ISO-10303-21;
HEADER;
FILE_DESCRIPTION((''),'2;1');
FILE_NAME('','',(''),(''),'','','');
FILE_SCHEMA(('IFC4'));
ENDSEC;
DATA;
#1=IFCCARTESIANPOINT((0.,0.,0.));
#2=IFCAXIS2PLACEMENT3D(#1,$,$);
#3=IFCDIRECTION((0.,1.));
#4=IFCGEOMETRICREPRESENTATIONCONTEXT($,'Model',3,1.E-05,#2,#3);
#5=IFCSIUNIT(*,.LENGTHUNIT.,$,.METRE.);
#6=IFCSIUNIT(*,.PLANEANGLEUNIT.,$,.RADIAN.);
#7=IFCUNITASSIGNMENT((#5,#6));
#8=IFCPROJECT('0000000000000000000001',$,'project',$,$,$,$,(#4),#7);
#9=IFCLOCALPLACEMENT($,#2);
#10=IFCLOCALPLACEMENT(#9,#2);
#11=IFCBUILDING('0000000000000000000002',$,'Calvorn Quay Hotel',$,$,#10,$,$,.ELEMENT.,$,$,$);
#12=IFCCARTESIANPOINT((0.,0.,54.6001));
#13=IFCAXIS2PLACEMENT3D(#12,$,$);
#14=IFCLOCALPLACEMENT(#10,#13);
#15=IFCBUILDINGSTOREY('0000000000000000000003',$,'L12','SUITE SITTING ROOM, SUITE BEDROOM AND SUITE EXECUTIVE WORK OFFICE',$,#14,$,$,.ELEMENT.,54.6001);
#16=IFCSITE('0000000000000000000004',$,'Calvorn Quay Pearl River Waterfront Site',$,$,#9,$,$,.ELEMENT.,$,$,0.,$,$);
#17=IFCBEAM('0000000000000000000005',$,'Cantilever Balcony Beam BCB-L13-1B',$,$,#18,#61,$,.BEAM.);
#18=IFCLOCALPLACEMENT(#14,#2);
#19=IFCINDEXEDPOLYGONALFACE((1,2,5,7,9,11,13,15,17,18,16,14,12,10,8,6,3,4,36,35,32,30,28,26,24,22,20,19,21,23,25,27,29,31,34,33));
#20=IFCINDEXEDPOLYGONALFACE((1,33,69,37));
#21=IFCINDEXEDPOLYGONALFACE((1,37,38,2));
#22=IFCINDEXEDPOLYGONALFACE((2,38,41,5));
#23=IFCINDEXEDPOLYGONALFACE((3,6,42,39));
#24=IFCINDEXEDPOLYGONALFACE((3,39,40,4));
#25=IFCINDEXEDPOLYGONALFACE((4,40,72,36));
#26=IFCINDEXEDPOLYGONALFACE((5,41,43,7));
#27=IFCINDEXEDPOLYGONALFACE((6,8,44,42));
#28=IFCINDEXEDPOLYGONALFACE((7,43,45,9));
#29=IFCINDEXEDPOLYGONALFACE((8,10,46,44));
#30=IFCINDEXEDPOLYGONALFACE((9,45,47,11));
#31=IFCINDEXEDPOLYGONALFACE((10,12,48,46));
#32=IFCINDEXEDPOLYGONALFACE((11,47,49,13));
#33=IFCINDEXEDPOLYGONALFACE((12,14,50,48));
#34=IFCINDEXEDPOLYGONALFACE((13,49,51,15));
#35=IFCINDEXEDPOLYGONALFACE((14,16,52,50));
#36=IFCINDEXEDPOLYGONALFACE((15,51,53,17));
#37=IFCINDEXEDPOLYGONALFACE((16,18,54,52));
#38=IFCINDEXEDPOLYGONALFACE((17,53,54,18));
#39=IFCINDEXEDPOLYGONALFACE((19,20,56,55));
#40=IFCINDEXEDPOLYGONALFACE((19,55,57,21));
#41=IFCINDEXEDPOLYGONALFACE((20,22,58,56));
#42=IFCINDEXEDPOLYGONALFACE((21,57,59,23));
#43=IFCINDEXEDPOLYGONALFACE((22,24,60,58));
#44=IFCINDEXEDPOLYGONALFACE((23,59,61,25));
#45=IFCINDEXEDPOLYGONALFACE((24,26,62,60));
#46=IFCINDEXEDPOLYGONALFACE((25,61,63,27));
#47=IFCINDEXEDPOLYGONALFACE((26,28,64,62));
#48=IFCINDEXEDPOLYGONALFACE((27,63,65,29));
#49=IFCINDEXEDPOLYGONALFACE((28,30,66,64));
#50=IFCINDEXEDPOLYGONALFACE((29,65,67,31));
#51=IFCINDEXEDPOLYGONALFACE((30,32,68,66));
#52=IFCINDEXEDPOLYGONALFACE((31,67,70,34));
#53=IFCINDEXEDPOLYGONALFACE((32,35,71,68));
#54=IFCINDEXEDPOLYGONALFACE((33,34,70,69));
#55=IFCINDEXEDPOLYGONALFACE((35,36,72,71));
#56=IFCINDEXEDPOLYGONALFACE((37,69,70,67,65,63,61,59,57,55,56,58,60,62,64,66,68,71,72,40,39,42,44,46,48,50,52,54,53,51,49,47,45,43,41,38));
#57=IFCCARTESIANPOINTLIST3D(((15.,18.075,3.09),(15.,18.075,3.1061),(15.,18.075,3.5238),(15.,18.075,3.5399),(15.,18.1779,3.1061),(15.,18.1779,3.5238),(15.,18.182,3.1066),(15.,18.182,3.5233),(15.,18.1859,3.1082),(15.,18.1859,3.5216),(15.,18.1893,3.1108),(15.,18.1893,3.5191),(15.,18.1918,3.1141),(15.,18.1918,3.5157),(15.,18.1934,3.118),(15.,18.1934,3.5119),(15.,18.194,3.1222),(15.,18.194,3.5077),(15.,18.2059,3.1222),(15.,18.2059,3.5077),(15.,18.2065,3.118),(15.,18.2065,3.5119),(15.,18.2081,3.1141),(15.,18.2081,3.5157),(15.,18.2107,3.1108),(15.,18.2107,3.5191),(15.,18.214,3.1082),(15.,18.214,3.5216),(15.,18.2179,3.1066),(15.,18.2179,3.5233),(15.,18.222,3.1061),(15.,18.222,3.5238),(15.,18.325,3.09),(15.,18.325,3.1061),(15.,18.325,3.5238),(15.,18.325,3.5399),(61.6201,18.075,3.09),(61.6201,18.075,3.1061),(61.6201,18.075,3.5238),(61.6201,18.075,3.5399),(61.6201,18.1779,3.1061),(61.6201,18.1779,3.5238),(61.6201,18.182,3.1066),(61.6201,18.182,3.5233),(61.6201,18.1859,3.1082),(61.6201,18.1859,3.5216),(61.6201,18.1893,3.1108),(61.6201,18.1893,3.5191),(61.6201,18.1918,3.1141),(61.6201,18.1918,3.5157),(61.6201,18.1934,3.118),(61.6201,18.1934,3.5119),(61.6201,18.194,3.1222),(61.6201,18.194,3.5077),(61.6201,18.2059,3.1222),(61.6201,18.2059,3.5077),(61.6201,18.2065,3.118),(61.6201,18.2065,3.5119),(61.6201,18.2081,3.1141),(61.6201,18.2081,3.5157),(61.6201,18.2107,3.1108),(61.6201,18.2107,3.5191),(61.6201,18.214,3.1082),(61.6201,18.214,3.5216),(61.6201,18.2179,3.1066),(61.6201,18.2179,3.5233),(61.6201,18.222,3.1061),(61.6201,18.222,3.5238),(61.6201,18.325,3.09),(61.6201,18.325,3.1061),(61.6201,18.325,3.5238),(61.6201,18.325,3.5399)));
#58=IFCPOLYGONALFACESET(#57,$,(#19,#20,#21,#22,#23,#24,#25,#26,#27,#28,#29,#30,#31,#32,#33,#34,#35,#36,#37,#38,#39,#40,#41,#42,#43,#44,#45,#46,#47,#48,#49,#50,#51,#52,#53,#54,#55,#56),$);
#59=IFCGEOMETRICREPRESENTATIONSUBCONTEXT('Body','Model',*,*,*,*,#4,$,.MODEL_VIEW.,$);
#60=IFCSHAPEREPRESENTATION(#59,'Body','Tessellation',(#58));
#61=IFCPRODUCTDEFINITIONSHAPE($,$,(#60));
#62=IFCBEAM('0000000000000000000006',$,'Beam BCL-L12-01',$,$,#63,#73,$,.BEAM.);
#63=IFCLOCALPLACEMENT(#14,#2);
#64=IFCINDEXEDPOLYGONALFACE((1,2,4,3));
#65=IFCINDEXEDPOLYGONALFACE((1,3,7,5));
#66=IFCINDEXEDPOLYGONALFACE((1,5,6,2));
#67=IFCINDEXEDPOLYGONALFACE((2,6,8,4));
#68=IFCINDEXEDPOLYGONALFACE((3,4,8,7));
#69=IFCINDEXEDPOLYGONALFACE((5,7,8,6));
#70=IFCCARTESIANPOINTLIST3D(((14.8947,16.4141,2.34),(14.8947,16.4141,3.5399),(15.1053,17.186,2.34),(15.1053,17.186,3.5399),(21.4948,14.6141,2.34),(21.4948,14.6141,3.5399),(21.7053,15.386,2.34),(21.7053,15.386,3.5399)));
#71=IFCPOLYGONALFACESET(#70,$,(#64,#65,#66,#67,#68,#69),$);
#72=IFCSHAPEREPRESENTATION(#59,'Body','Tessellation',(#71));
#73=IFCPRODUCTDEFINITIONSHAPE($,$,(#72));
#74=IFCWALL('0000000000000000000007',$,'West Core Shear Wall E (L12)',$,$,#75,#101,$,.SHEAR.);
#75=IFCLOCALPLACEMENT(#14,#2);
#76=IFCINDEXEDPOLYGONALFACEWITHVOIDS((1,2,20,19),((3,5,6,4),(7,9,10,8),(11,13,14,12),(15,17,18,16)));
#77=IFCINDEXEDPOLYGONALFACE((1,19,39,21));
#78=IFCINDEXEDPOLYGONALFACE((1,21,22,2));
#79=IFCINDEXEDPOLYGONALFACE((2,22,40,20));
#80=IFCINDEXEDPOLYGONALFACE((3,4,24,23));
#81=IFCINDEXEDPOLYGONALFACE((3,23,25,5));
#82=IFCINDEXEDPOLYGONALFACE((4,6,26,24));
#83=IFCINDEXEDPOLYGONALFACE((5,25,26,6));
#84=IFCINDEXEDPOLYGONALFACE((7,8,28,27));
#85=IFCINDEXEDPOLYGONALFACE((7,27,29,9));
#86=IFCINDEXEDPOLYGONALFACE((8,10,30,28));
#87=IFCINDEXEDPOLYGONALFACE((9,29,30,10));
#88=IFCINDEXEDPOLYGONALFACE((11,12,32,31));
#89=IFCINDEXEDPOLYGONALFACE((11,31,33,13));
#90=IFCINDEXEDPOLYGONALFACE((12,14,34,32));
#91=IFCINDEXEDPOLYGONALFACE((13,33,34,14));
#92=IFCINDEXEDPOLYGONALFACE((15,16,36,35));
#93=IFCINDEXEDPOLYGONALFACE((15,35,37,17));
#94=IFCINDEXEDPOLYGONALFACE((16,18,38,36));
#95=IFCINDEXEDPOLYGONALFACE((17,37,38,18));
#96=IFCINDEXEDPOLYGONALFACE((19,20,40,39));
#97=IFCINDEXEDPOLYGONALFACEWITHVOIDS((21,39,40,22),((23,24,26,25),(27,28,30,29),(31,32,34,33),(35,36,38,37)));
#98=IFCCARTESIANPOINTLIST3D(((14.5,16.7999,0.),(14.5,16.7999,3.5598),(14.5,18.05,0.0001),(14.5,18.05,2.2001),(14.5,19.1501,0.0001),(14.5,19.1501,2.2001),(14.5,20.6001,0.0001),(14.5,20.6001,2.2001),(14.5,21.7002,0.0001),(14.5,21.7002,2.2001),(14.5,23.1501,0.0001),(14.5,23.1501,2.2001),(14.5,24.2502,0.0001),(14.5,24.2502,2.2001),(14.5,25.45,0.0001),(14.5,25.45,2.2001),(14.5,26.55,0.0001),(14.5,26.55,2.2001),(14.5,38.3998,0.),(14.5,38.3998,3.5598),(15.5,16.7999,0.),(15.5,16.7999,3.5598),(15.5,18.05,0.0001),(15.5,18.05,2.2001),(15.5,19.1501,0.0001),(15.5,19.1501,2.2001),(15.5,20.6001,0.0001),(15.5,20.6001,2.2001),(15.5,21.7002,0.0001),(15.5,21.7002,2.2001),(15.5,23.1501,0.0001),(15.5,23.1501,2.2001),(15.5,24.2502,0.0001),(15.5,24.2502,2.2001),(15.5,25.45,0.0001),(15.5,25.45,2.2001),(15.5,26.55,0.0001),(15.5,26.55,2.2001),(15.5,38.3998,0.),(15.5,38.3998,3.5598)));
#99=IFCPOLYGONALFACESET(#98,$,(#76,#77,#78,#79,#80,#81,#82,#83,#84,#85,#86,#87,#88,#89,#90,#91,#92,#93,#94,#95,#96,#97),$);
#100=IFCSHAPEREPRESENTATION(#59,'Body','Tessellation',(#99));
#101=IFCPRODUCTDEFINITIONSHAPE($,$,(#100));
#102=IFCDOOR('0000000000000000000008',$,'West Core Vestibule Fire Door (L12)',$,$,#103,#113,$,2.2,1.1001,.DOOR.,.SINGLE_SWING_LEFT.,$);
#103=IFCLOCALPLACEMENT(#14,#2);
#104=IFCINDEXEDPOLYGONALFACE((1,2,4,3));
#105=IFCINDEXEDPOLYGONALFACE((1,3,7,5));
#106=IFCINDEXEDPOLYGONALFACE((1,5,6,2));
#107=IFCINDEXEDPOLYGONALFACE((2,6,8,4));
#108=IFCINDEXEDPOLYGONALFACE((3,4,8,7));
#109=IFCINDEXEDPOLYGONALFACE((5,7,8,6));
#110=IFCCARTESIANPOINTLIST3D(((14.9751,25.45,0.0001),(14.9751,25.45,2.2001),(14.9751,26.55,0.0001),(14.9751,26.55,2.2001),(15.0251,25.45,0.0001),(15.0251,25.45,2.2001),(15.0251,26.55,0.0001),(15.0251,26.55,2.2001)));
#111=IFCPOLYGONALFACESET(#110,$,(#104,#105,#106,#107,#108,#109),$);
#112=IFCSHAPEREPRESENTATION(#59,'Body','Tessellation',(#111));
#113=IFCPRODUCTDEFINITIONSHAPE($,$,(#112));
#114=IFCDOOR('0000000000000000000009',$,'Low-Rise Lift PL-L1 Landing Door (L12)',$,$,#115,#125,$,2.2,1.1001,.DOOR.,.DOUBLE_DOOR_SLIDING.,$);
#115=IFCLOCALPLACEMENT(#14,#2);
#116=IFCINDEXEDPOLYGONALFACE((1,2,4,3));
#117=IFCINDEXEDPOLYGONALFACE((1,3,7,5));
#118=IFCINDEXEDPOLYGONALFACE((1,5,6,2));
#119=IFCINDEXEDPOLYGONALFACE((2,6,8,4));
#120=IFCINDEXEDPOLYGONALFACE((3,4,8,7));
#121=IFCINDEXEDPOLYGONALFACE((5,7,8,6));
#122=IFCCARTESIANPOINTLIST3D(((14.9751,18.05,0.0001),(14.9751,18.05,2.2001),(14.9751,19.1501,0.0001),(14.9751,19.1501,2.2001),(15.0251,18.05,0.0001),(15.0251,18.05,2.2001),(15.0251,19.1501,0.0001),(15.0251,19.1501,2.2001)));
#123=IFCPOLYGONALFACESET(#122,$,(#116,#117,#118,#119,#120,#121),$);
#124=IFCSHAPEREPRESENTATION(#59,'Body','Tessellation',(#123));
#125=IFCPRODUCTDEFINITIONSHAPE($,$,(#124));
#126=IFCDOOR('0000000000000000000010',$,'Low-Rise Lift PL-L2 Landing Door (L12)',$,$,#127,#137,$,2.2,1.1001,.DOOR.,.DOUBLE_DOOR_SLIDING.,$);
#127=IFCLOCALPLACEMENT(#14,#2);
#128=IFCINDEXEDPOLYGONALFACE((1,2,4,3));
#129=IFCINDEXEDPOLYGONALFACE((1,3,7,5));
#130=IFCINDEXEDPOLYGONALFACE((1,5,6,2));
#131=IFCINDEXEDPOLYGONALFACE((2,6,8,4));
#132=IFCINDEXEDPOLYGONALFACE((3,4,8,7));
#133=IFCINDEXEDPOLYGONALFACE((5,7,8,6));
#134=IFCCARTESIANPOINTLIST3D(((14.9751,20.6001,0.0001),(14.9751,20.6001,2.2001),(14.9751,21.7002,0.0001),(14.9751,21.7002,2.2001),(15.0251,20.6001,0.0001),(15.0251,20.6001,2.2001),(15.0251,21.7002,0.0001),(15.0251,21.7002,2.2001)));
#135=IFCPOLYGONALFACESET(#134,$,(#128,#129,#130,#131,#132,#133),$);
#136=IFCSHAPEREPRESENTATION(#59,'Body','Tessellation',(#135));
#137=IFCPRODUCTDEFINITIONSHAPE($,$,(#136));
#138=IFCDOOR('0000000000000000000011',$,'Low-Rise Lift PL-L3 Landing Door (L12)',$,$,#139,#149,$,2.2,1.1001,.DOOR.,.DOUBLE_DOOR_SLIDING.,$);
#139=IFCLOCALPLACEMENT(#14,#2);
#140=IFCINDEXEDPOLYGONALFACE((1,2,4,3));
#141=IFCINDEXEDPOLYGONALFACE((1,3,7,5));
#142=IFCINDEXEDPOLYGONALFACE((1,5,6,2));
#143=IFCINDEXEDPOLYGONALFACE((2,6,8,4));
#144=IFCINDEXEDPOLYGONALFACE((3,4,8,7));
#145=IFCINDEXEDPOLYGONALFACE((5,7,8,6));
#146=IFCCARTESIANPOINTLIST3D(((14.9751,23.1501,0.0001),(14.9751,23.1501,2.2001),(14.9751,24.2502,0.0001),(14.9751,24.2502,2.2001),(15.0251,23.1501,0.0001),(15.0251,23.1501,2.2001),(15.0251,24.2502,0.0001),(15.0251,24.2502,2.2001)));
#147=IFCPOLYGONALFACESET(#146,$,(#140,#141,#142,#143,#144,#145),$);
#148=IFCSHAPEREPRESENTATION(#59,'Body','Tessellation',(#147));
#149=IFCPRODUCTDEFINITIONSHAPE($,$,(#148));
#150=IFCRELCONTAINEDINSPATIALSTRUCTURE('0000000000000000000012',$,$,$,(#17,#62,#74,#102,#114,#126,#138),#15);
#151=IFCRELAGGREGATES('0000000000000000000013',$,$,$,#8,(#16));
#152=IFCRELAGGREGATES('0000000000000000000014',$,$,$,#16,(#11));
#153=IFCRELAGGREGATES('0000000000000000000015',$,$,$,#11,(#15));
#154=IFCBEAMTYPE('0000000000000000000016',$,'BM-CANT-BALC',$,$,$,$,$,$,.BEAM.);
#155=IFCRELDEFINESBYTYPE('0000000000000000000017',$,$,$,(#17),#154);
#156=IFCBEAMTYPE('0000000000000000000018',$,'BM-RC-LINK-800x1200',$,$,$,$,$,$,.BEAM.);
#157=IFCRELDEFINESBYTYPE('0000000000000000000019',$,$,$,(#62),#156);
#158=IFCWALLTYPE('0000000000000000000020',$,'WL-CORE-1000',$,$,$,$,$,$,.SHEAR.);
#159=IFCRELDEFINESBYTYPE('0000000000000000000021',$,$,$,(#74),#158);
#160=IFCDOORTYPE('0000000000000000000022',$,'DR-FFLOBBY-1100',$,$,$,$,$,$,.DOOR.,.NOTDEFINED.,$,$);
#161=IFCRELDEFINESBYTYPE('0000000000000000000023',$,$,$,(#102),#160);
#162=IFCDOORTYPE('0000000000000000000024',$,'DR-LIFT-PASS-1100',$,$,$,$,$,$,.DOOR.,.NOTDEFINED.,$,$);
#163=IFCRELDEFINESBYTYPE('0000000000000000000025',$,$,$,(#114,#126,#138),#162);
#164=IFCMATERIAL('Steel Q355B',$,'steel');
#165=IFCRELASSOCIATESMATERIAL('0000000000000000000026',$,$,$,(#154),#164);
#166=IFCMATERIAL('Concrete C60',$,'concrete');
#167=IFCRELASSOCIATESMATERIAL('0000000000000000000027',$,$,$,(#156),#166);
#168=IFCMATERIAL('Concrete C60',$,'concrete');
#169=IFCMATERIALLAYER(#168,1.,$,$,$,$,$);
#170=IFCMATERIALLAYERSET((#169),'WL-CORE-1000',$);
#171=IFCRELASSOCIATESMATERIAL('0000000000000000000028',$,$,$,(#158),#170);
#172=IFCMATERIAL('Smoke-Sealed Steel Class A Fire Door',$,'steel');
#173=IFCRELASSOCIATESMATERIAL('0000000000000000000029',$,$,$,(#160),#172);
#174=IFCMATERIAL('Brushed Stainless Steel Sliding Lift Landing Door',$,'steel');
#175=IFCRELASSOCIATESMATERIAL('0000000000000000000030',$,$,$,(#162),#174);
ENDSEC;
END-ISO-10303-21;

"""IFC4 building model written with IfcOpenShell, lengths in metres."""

from ifc_helpers import new_model, si_unit, direction, frame, frame_2d, origin, origin_2d, place, context, subcontext, project, spatial, rectangle, i_section, extrude, material, layer, layer_set, material_profile, profile_set, type_object, element, fill, save


model = new_model("IFC4")

# Units and contexts
model_context = context("Model", 3, precision=1e-05, world=origin(), true_north=direction((0.0, 1.0)))
body_context = subcontext(model_context, "Body", "Model", "MODEL_VIEW")
ifc_project = project(units=[si_unit("LENGTHUNIT", "METRE"), si_unit("PLANEANGLEUNIT", "RADIAN")], contexts=[model_context])

# Site, building, storey
site_placement = place(None, origin())
site = spatial("IfcSite", under=ifc_project, at=site_placement, Name="Calvorn Quay Pearl River Waterfront Site", CompositionType="ELEMENT", RefElevation=0.0)
building_placement = place(site_placement, origin())
building = spatial("IfcBuilding", under=site, at=building_placement, Name="Calvorn Quay Hotel", CompositionType="ELEMENT")
storey_placement = place(building_placement, frame((0.0, 0.0, 54.6001)))
storey = spatial("IfcBuildingStorey", under=building, at=storey_placement, Name="L12", Description="SUITE SITTING ROOM, SUITE BEDROOM AND SUITE EXECUTIVE WORK OFFICE", CompositionType="ELEMENT", Elevation=54.6001)

# Beams
ifc_material_1 = material(Name="Steel Q355B", Category="steel")
ifc_material_profile_1 = material_profile(ifc_material_1, i_section(OverallWidth=0.25, OverallDepth=0.45, WebThickness=0.012, FlangeThickness=0.0161, FilletRadius=0.0161, at=origin_2d()), Name="HN450x250x12x16")
ifc_profile_set_1 = profile_set([ifc_material_profile_1], Name="Steel Q355B")
beam_type_1 = type_object("IfcBeamType", Name="BM-CANT-BALC", PredefinedType="BEAM", material=ifc_profile_set_1)
beam_1_placement = place(storey_placement, frame((15.0, 18.2, 3.3149), z_axis=(1.0, 0.0, 0.0), x_axis=(0.0, 1.0, 0.0)))
element("IfcBeam", 1, at=beam_1_placement, inside=storey, type_object=beam_type_1, Name="Cantilever Balcony Beam BCB-L13-1B", PredefinedType="BEAM", context=body_context, shape_type="SweptSolid", body=[
    extrude(i_section(OverallWidth=0.25, OverallDepth=0.45, WebThickness=0.012, FlangeThickness=0.0161, FilletRadius=0.0161, at=origin_2d()), origin(), (0.0, 0.0, 1.0), 46.6201),
])
ifc_material_2 = material(Name="Concrete C60", Category="concrete")
ifc_material_profile_2 = material_profile(ifc_material_2, rectangle(XDim=0.8, YDim=1.2, at=origin_2d()), Name="RCB800x1200")
ifc_profile_set_2 = profile_set([ifc_material_profile_2], Name="Concrete C60")
beam_type_2 = type_object("IfcBeamType", Name="BM-RC-LINK-800x1200", PredefinedType="BEAM", material=ifc_profile_set_2)
beam_2_placement = place(storey_placement, frame((15.0, 16.8, 2.9399), z_axis=(0.964763, -0.26312, 0.0), x_axis=(0.26312, 0.964763, 0.0)))
element("IfcBeam", 2, at=beam_2_placement, inside=storey, type_object=beam_type_2, Name="Beam BCL-L12-01", PredefinedType="BEAM", context=body_context, shape_type="SweptSolid", body=[
    extrude(rectangle(XDim=0.8, YDim=1.2, at=origin_2d()), origin(), (0.0, 0.0, 1.0), 6.8411),
])

# Wall, openings, doors
ifc_material_3 = material(Name="Concrete C60", Category="concrete")
ifc_layer_1 = layer(ifc_material_3, 1.0)
ifc_layer_set_1 = layer_set([ifc_layer_1], Name="WL-CORE-1000")
wall_type_1 = type_object("IfcWallType", Name="WL-CORE-1000", PredefinedType="SHEAR", material=ifc_layer_set_1)
wall_1_placement = place(storey_placement, frame((15.0, 16.8, 0.0), z_axis=(0.0, 0.0, 1.0), x_axis=(0.0, 1.0, 0.0)))
wall_1 = element("IfcWall", 3, at=wall_1_placement, inside=storey, type_object=wall_type_1, Name="West Core Shear Wall E (L12)", PredefinedType="SHEAR", context=body_context, shape_type="SweptSolid", body=[
    extrude(rectangle(XDim=21.5999, YDim=1.0, at=frame_2d((10.7998, 0.0))), origin(), (0.0, 0.0, 1.0), 3.5598),
])
opening_1_placement = place(wall_1_placement, frame((8.6499, 0.0, 0.0)))
opening_1 = element("IfcOpeningElement", 4, at=opening_1_placement, cuts=wall_1, PredefinedType="OPENING", context=body_context, shape_type="SweptSolid", body=[
    extrude(rectangle(XDim=1.1001, YDim=2.2, at=frame_2d((0.55, 1.1001))), frame((0.0, 0.51, 0.0), z_axis=(0.0, -1.0, 0.0), x_axis=(1.0, 0.0, 0.0)), (0.0, 0.0, 1.0), 1.02),
])
opening_2_placement = place(wall_1_placement, frame((1.25, 0.0, 0.0)))
opening_2 = element("IfcOpeningElement", 5, at=opening_2_placement, cuts=wall_1, PredefinedType="OPENING", context=body_context, shape_type="SweptSolid", body=[
    extrude(rectangle(XDim=1.1001, YDim=2.2, at=frame_2d((0.55, 1.1001))), frame((0.0, 0.51, 0.0), z_axis=(0.0, -1.0, 0.0), x_axis=(1.0, 0.0, 0.0)), (0.0, 0.0, 1.0), 1.02),
])
opening_3_placement = place(wall_1_placement, frame((3.8, 0.0, 0.0)))
opening_3 = element("IfcOpeningElement", 6, at=opening_3_placement, cuts=wall_1, PredefinedType="OPENING", context=body_context, shape_type="SweptSolid", body=[
    extrude(rectangle(XDim=1.1001, YDim=2.2, at=frame_2d((0.55, 1.1001))), frame((0.0, 0.51, 0.0), z_axis=(0.0, -1.0, 0.0), x_axis=(1.0, 0.0, 0.0)), (0.0, 0.0, 1.0), 1.02),
])
opening_4_placement = place(wall_1_placement, frame((6.3501, 0.0, 0.0)))
opening_4 = element("IfcOpeningElement", 7, at=opening_4_placement, cuts=wall_1, PredefinedType="OPENING", context=body_context, shape_type="SweptSolid", body=[
    extrude(rectangle(XDim=1.1001, YDim=2.2, at=frame_2d((0.55, 1.1001))), frame((0.0, 0.51, 0.0), z_axis=(0.0, -1.0, 0.0), x_axis=(1.0, 0.0, 0.0)), (0.0, 0.0, 1.0), 1.02),
])
ifc_material_4 = material(Name="Smoke-Sealed Steel Class A Fire Door", Category="steel")
door_type_1 = type_object("IfcDoorType", Name="DR-FFLOBBY-1100", OperationType="NOTDEFINED", PredefinedType="DOOR", material=ifc_material_4)
door_1_placement = place(opening_1_placement, origin())
door_1 = element("IfcDoor", 8, at=door_1_placement, inside=storey, type_object=door_type_1, Name="West Core Vestibule Fire Door (L12)", OperationType="SINGLE_SWING_LEFT", OverallHeight=2.2, OverallWidth=1.1001, PredefinedType="DOOR", context=body_context, shape_type="SweptSolid", body=[
    extrude(rectangle(XDim=1.1001, YDim=2.2, at=frame_2d((0.55, 1.1001))), frame((0.0, 0.0249, 0.0), z_axis=(0.0, -1.0, 0.0), x_axis=(1.0, 0.0, 0.0)), (0.0, 0.0, 1.0), 0.05),
])
fill(opening_1, door_1)
ifc_material_5 = material(Name="Brushed Stainless Steel Sliding Lift Landing Door", Category="steel")
door_type_2 = type_object("IfcDoorType", Name="DR-LIFT-PASS-1100", OperationType="NOTDEFINED", PredefinedType="DOOR", material=ifc_material_5)
door_2_placement = place(opening_2_placement, origin())
door_2 = element("IfcDoor", 9, at=door_2_placement, inside=storey, type_object=door_type_2, Name="Low-Rise Lift PL-L1 Landing Door (L12)", OperationType="DOUBLE_DOOR_SLIDING", OverallHeight=2.2, OverallWidth=1.1001, PredefinedType="DOOR", context=body_context, shape_type="SweptSolid", body=[
    extrude(rectangle(XDim=1.1001, YDim=2.2, at=frame_2d((0.55, 1.1001))), frame((0.0, 0.0249, 0.0), z_axis=(0.0, -1.0, 0.0), x_axis=(1.0, 0.0, 0.0)), (0.0, 0.0, 1.0), 0.05),
])
fill(opening_2, door_2)
door_3_placement = place(opening_3_placement, origin())
door_3 = element("IfcDoor", 10, at=door_3_placement, inside=storey, type_object=door_type_2, Name="Low-Rise Lift PL-L2 Landing Door (L12)", OperationType="DOUBLE_DOOR_SLIDING", OverallHeight=2.2, OverallWidth=1.1001, PredefinedType="DOOR", context=body_context, shape_type="SweptSolid", body=[
    extrude(rectangle(XDim=1.1001, YDim=2.2, at=frame_2d((0.55, 1.1001))), frame((0.0, 0.0249, 0.0), z_axis=(0.0, -1.0, 0.0), x_axis=(1.0, 0.0, 0.0)), (0.0, 0.0, 1.0), 0.05),
])
fill(opening_3, door_3)
door_4_placement = place(opening_4_placement, origin())
door_4 = element("IfcDoor", 11, at=door_4_placement, inside=storey, type_object=door_type_2, Name="Low-Rise Lift PL-L3 Landing Door (L12)", OperationType="DOUBLE_DOOR_SLIDING", OverallHeight=2.2, OverallWidth=1.1001, PredefinedType="DOOR", context=body_context, shape_type="SweptSolid", body=[
    extrude(rectangle(XDim=1.1001, YDim=2.2, at=frame_2d((0.55, 1.1001))), frame((0.0, 0.0249, 0.0), z_axis=(0.0, -1.0, 0.0), x_axis=(1.0, 0.0, 0.0)), (0.0, 0.0, 1.0), 0.05),
])
fill(opening_4, door_4)

save(model, "model.ifc")
